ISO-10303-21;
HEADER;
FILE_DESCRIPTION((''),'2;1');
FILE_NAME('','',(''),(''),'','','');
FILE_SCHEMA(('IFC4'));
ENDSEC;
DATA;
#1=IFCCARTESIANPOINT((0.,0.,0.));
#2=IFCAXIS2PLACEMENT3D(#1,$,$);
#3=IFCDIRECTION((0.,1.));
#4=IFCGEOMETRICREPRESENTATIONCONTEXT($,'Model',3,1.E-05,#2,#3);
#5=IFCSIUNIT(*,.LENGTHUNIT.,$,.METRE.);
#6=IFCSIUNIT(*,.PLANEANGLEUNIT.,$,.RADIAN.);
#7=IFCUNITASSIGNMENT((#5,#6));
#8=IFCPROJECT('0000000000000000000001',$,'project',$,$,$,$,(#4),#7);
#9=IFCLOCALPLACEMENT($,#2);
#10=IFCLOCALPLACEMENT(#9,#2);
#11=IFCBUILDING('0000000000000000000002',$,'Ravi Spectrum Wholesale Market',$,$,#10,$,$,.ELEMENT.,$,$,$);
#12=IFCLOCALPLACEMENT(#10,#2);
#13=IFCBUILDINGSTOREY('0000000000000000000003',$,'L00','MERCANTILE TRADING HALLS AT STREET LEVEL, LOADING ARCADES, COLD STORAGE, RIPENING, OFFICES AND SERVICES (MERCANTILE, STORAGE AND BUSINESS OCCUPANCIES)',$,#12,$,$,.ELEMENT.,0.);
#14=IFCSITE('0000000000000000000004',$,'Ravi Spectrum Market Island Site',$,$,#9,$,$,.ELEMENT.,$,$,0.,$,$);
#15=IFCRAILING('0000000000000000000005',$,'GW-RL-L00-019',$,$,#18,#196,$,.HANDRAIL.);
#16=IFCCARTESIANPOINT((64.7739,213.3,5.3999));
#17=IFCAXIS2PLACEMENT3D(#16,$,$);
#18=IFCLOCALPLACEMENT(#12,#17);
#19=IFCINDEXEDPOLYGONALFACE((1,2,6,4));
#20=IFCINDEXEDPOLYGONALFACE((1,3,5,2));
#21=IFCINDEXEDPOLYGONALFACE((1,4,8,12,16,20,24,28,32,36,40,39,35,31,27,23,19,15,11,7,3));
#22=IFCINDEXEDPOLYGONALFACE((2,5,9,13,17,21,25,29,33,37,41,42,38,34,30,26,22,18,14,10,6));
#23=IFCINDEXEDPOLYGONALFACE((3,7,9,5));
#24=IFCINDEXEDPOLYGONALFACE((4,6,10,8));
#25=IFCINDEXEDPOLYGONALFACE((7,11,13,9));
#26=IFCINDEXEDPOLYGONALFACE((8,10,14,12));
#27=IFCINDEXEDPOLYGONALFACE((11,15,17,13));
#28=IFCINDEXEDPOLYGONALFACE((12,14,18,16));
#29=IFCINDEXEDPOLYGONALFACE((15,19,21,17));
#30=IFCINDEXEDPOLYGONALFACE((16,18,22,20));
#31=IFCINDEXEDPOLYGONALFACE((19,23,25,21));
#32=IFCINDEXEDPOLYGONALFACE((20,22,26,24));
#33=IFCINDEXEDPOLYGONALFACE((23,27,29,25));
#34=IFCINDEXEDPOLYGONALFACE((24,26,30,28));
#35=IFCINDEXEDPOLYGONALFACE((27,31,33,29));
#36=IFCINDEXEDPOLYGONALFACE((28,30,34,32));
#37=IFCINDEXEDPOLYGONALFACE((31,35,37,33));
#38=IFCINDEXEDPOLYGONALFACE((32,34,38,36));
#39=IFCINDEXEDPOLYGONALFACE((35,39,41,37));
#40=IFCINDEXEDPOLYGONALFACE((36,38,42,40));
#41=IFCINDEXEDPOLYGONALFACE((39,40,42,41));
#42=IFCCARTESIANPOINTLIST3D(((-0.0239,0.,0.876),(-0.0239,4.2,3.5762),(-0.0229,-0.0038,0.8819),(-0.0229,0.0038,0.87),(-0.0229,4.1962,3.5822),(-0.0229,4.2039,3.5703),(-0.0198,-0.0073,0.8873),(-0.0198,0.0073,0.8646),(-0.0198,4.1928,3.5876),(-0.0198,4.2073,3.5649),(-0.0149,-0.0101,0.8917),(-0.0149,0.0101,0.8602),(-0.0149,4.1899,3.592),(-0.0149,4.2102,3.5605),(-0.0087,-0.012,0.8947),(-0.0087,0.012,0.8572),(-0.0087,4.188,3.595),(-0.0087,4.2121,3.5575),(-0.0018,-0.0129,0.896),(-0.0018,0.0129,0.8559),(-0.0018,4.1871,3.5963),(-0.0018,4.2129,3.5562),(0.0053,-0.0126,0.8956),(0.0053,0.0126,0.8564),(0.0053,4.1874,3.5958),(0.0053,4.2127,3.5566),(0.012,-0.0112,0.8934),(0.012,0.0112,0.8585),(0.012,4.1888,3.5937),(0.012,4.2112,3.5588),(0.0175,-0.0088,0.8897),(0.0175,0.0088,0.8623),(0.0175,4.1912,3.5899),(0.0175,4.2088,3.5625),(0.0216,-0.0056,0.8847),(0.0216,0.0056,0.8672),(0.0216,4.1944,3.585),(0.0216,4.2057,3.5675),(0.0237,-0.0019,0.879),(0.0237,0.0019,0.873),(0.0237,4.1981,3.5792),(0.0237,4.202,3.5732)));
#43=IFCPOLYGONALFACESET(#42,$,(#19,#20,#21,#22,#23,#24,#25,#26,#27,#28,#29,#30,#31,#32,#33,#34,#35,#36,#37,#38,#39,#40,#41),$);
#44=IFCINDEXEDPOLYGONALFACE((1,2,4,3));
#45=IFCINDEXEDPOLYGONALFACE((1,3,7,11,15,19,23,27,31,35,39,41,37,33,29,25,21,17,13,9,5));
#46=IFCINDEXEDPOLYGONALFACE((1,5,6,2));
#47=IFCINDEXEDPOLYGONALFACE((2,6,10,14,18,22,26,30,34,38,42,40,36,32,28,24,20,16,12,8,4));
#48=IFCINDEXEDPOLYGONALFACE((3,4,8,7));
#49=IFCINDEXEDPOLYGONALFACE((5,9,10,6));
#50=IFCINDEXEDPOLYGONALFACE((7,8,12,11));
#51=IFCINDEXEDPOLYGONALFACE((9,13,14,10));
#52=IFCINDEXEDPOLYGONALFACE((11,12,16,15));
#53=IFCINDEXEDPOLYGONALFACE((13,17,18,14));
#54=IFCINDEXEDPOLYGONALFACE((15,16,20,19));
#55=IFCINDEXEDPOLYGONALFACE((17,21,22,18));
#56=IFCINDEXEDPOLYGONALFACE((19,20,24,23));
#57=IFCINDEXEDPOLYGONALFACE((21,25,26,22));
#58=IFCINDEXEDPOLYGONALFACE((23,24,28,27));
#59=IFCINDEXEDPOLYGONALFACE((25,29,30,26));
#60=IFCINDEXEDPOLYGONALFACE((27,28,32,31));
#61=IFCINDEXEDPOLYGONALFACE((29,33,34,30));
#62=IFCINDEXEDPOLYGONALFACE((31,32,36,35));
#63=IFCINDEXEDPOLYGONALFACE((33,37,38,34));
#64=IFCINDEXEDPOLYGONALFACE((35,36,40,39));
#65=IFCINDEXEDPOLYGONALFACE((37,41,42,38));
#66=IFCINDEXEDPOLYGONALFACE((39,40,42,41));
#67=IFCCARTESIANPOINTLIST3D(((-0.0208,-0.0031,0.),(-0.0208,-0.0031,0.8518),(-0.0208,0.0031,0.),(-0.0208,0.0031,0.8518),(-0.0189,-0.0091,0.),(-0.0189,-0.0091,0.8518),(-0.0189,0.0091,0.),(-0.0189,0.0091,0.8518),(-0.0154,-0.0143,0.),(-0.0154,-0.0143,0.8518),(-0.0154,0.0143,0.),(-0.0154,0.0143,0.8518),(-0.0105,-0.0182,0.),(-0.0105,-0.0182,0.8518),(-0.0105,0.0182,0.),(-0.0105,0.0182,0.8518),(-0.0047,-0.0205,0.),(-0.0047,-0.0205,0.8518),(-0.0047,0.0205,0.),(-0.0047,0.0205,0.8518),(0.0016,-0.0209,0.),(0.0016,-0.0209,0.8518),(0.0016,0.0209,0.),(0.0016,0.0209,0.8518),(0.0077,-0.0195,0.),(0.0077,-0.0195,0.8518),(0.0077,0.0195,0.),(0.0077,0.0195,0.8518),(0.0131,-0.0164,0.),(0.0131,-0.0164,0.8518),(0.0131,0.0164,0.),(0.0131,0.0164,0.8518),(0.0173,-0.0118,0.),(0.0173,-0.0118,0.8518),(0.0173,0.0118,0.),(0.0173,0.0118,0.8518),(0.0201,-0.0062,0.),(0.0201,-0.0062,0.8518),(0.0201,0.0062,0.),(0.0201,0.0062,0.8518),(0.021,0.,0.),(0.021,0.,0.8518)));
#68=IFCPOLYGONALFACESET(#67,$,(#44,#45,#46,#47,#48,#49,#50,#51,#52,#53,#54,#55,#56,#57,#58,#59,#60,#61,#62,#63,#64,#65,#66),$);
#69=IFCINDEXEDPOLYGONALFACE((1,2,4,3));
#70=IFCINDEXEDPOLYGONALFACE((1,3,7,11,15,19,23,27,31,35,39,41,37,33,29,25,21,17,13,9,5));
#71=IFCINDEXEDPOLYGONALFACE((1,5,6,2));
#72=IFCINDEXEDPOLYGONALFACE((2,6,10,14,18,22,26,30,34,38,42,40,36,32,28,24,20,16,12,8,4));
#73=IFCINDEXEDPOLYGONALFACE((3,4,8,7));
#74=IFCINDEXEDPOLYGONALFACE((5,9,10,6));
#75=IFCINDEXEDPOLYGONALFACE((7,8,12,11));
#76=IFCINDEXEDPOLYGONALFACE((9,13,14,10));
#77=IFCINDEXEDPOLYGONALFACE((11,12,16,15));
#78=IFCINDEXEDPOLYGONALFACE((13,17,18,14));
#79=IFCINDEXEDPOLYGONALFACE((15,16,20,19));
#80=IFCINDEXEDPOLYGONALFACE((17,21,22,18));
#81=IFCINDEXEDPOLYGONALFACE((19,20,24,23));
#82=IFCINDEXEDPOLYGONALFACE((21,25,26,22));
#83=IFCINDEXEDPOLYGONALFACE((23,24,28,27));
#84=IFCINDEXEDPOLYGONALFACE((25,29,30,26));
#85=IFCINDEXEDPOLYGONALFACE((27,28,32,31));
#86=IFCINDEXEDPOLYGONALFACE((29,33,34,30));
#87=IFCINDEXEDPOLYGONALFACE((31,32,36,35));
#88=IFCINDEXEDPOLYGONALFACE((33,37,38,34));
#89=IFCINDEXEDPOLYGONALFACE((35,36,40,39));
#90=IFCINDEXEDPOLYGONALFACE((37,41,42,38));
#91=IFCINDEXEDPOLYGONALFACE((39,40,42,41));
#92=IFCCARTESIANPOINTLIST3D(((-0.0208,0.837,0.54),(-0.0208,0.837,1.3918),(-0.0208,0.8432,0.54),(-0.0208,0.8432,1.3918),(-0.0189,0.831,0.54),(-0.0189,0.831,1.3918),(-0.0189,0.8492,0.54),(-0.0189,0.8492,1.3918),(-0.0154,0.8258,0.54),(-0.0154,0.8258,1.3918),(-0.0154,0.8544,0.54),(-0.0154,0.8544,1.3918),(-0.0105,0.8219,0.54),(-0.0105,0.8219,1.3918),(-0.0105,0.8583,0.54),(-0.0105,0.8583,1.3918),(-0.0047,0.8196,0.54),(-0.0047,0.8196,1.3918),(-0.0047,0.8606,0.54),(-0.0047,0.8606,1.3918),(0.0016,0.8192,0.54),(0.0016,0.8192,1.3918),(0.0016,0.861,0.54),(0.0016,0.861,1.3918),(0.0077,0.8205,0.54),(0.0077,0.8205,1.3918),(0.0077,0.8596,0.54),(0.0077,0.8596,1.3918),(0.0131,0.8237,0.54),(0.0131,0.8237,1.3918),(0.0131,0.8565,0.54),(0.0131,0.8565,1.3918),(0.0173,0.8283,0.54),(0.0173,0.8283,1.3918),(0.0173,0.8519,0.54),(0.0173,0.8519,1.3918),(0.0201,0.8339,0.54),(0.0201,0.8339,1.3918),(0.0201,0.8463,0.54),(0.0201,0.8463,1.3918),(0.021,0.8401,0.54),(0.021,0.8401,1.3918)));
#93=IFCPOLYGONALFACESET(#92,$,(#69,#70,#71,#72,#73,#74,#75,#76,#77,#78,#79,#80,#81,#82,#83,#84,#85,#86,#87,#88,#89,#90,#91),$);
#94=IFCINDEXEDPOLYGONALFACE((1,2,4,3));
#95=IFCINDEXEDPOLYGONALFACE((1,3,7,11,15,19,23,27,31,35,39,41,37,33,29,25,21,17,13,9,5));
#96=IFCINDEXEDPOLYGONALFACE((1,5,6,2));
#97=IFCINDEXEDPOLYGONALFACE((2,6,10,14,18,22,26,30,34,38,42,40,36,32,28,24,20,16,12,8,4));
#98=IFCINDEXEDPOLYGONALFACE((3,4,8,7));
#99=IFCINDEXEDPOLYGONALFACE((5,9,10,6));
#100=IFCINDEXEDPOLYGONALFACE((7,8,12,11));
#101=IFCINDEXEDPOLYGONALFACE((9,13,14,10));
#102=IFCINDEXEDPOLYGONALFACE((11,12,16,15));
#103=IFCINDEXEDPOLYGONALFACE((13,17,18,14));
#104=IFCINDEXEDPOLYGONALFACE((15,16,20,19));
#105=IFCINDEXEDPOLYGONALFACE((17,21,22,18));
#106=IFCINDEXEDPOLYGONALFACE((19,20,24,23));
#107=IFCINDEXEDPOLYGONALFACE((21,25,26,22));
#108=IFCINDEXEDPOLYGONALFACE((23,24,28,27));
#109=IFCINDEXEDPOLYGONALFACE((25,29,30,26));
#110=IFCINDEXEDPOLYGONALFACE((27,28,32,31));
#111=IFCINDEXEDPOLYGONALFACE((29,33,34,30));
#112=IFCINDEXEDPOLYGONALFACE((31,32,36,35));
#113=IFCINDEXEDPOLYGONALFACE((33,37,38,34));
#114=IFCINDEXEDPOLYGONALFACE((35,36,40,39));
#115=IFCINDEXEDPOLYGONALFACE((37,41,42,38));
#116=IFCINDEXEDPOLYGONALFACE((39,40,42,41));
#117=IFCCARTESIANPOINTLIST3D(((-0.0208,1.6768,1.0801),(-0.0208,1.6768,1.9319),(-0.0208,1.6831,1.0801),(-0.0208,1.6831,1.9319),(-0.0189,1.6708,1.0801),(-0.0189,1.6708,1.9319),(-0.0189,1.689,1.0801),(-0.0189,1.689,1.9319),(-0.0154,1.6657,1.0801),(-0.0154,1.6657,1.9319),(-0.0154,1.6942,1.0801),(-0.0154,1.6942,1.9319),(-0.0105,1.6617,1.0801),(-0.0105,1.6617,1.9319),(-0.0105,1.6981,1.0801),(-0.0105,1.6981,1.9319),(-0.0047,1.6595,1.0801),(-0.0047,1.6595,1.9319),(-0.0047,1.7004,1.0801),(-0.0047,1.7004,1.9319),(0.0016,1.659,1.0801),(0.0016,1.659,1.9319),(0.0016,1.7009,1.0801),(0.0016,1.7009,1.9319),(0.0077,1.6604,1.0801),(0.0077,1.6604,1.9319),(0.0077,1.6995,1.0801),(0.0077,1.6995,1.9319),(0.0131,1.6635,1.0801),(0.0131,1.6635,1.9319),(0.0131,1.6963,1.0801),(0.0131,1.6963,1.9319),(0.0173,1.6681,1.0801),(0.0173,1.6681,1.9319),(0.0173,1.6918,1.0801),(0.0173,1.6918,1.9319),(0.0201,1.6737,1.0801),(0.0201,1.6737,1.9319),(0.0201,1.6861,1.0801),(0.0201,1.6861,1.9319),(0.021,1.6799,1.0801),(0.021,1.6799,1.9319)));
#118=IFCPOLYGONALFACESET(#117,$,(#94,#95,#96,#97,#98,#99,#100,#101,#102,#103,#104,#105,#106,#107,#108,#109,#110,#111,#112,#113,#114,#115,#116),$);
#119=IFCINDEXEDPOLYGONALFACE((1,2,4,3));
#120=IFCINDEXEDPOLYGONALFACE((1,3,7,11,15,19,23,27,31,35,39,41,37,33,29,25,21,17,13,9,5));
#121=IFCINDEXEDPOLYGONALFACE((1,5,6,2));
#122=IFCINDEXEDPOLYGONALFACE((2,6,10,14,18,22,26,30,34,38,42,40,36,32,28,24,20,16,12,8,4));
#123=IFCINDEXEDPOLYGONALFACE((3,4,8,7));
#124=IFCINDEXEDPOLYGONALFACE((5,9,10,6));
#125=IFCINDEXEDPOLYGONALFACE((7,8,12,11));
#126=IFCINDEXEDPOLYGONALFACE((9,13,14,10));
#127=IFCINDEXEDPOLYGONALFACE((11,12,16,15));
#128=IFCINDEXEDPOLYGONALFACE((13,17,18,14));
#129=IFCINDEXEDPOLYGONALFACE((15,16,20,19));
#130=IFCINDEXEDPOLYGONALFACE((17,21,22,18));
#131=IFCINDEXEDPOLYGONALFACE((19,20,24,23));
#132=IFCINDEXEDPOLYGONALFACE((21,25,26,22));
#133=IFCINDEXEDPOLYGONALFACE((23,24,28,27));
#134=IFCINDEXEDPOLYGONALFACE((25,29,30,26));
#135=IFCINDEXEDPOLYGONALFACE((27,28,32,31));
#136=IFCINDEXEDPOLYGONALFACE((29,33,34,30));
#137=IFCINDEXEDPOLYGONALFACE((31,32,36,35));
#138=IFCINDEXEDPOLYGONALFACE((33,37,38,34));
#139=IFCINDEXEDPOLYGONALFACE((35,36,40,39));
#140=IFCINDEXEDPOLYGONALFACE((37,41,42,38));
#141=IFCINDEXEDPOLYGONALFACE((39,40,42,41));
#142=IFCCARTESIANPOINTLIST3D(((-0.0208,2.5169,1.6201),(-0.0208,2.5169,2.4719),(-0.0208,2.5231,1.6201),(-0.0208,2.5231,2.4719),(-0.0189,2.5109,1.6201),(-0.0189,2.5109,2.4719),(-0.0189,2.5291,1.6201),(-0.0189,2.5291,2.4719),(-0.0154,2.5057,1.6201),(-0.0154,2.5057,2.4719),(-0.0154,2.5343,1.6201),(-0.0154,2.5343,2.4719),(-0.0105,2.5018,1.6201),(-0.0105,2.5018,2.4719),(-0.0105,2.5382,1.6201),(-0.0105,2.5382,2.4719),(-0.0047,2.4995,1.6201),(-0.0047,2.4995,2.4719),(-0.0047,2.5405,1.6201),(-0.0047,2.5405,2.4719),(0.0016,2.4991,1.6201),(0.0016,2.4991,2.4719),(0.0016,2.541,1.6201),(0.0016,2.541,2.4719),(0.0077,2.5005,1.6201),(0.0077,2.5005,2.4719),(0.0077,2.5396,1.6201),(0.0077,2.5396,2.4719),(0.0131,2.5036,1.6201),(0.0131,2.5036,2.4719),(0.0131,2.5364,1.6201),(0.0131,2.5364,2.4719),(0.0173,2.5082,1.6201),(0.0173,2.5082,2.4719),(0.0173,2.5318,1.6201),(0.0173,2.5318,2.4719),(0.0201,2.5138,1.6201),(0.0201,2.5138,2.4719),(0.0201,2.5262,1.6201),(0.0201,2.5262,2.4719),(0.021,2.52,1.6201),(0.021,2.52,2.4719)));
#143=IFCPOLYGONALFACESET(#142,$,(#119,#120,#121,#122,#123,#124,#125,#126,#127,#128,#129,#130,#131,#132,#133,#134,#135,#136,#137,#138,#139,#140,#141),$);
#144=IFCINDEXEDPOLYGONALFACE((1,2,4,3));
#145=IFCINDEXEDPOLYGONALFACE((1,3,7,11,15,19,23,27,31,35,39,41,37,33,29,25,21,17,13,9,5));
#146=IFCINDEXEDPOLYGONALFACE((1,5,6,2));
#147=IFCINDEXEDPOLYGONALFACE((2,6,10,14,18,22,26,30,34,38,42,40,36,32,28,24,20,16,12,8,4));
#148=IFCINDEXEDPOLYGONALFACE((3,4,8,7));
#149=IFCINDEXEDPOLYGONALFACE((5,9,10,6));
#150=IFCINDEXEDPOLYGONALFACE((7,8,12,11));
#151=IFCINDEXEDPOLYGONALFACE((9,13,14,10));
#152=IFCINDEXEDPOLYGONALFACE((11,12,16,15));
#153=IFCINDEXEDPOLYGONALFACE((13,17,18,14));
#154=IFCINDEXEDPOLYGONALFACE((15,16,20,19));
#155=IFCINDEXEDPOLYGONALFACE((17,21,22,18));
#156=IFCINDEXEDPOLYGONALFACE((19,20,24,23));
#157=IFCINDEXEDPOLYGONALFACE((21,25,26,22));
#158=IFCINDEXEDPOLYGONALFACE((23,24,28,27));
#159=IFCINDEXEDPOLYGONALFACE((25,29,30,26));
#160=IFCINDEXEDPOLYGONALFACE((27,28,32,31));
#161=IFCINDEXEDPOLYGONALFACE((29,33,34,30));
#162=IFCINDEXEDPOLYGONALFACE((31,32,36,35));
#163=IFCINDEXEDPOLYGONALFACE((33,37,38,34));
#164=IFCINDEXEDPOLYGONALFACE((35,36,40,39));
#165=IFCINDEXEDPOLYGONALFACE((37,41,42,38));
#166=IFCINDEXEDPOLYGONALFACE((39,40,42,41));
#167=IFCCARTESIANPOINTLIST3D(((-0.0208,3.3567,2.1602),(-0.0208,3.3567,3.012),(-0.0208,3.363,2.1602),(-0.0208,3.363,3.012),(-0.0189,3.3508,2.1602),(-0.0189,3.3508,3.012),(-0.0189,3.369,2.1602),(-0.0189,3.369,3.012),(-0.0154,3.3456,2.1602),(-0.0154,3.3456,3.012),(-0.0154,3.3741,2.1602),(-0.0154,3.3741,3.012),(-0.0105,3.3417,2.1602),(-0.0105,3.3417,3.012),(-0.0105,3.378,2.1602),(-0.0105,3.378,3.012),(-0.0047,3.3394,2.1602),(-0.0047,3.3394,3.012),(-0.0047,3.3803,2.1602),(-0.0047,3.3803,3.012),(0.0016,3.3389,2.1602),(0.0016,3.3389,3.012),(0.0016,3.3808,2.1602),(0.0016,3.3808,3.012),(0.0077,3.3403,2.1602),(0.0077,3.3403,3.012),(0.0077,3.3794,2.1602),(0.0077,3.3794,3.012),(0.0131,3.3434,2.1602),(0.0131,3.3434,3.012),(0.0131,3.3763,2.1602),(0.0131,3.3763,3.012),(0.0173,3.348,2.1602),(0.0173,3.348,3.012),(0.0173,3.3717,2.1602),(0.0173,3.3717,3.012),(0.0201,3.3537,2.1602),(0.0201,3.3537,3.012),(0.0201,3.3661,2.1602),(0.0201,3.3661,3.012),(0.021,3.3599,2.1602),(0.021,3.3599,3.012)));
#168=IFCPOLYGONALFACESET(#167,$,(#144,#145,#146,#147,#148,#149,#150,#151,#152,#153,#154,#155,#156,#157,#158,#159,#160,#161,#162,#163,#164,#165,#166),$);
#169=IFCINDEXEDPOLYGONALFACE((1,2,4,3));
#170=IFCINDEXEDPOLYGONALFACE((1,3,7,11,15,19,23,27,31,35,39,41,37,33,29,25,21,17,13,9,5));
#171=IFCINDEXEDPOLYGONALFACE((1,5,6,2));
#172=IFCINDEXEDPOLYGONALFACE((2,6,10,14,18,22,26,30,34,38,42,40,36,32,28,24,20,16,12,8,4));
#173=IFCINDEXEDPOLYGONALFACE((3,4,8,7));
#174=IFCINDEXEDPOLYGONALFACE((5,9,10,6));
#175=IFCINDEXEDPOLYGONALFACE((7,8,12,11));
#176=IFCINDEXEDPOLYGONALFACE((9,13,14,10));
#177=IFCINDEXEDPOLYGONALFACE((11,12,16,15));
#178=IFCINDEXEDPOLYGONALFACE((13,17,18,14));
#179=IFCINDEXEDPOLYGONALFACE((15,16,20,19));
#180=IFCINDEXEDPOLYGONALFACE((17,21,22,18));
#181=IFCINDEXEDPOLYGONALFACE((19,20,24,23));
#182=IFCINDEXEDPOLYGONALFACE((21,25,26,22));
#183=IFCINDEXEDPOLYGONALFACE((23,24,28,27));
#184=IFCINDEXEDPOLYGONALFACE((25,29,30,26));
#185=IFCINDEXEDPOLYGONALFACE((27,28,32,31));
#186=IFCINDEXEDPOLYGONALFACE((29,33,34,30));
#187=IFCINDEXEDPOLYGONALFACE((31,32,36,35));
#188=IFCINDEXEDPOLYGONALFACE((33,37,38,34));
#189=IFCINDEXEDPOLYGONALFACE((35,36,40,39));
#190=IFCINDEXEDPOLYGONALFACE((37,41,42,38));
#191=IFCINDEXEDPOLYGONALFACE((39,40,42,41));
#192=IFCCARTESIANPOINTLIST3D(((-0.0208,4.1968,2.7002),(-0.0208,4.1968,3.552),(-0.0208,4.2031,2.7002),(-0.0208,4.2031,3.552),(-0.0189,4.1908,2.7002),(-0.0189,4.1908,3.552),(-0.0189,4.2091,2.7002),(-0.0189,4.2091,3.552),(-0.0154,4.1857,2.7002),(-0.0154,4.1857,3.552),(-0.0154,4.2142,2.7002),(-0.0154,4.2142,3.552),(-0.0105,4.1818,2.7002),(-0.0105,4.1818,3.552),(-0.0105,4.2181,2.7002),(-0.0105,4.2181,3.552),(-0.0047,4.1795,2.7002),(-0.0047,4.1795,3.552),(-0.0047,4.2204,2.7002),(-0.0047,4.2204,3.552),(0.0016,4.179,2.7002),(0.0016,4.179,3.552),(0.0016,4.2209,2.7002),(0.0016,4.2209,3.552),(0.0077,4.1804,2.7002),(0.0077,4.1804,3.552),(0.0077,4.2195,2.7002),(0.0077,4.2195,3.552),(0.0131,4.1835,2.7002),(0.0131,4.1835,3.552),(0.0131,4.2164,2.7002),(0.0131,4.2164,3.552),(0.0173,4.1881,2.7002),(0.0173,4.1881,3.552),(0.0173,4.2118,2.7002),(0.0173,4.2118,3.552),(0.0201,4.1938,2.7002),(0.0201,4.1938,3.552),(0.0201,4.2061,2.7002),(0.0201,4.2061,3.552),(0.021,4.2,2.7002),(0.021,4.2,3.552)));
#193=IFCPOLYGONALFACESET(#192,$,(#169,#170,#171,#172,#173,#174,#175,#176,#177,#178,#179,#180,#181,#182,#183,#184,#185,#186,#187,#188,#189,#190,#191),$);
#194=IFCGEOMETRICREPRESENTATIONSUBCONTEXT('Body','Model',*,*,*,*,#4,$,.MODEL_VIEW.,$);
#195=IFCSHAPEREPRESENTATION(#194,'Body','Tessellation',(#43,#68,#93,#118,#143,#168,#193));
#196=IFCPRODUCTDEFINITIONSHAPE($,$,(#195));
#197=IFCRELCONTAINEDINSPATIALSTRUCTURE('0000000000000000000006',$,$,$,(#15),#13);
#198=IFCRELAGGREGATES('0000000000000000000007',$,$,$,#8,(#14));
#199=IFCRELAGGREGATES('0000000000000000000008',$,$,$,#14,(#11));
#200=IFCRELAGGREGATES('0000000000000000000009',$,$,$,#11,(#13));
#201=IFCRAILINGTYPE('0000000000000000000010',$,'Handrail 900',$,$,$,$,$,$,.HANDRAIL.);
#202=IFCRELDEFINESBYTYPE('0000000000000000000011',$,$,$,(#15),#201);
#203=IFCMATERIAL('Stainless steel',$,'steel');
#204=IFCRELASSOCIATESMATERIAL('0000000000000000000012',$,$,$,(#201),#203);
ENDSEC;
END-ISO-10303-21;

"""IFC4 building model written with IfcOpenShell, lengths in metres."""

from ifc_helpers import new_model, si_unit, direction, frame, origin, origin_2d, place, context, subcontext, project, spatial, circle, extrude, material, type_object, element, save


model = new_model("IFC4")

# Units and contexts
model_context = context("Model", 3, precision=1e-05, world=origin(), true_north=direction((0.0, 1.0)))
body_context = subcontext(model_context, "Body", "Model", "MODEL_VIEW")
ifc_project = project(units=[si_unit("LENGTHUNIT", "METRE"), si_unit("PLANEANGLEUNIT", "RADIAN")], contexts=[model_context])

# Site, building, storey
site_placement = place(None, origin())
site = spatial("IfcSite", under=ifc_project, at=site_placement, Name="Ravi Spectrum Market Island Site", CompositionType="ELEMENT", RefElevation=0.0)
building_placement = place(site_placement, origin())
building = spatial("IfcBuilding", under=site, at=building_placement, Name="Ravi Spectrum Wholesale Market", CompositionType="ELEMENT")
storey_placement = place(building_placement, origin())
storey = spatial("IfcBuildingStorey", under=building, at=storey_placement, Name="L00", Description="MERCANTILE TRADING HALLS AT STREET LEVEL, LOADING ARCADES, COLD STORAGE, RIPENING, OFFICES AND SERVICES (MERCANTILE, STORAGE AND BUSINESS OCCUPANCIES)", CompositionType="ELEMENT", Elevation=0.0)

# Railing
ifc_material_1 = material(Name="Stainless steel", Category="steel")
railing_type_1 = type_object("IfcRailingType", Name="Handrail 900", PredefinedType="HANDRAIL", material=ifc_material_1)
for number, where, name in (
    (1, (64.7739, 213.3, 5.3999), "GW-RL-L00-019"),
):
    element("IfcRailing", number, at=place(storey_placement, frame(where)), inside=storey, type_object=railing_type_1, Name=name, PredefinedType="HANDRAIL", context=body_context, shape_type="SweptSolid", body=[
        extrude(circle(Radius=0.0239, at=origin_2d()), frame((0.0, 0.0, 0.876), z_axis=(0.0, 0.841158, 0.54079), x_axis=(-1.0, 0.0, 0.0)), (0.0, 0.0, 1.0), 4.9932),
        extrude(circle(Radius=0.021, at=origin_2d()), origin(), (0.0, 0.0, 1.0), 0.8518),
        extrude(circle(Radius=0.021, at=origin_2d()), frame((0.0, 0.8401, 0.54)), (0.0, 0.0, 1.0), 0.8518),
        extrude(circle(Radius=0.021, at=origin_2d()), frame((0.0, 1.6799, 1.0801)), (0.0, 0.0, 1.0), 0.8518),
        extrude(circle(Radius=0.021, at=origin_2d()), frame((0.0, 2.52, 1.6201)), (0.0, 0.0, 1.0), 0.8518),
        extrude(circle(Radius=0.021, at=origin_2d()), frame((0.0, 3.3599, 2.1602)), (0.0, 0.0, 1.0), 0.8518),
        extrude(circle(Radius=0.021, at=origin_2d()), frame((0.0, 4.2, 2.7002)), (0.0, 0.0, 1.0), 0.8518),
    ])

save(model, "model.ifc")
